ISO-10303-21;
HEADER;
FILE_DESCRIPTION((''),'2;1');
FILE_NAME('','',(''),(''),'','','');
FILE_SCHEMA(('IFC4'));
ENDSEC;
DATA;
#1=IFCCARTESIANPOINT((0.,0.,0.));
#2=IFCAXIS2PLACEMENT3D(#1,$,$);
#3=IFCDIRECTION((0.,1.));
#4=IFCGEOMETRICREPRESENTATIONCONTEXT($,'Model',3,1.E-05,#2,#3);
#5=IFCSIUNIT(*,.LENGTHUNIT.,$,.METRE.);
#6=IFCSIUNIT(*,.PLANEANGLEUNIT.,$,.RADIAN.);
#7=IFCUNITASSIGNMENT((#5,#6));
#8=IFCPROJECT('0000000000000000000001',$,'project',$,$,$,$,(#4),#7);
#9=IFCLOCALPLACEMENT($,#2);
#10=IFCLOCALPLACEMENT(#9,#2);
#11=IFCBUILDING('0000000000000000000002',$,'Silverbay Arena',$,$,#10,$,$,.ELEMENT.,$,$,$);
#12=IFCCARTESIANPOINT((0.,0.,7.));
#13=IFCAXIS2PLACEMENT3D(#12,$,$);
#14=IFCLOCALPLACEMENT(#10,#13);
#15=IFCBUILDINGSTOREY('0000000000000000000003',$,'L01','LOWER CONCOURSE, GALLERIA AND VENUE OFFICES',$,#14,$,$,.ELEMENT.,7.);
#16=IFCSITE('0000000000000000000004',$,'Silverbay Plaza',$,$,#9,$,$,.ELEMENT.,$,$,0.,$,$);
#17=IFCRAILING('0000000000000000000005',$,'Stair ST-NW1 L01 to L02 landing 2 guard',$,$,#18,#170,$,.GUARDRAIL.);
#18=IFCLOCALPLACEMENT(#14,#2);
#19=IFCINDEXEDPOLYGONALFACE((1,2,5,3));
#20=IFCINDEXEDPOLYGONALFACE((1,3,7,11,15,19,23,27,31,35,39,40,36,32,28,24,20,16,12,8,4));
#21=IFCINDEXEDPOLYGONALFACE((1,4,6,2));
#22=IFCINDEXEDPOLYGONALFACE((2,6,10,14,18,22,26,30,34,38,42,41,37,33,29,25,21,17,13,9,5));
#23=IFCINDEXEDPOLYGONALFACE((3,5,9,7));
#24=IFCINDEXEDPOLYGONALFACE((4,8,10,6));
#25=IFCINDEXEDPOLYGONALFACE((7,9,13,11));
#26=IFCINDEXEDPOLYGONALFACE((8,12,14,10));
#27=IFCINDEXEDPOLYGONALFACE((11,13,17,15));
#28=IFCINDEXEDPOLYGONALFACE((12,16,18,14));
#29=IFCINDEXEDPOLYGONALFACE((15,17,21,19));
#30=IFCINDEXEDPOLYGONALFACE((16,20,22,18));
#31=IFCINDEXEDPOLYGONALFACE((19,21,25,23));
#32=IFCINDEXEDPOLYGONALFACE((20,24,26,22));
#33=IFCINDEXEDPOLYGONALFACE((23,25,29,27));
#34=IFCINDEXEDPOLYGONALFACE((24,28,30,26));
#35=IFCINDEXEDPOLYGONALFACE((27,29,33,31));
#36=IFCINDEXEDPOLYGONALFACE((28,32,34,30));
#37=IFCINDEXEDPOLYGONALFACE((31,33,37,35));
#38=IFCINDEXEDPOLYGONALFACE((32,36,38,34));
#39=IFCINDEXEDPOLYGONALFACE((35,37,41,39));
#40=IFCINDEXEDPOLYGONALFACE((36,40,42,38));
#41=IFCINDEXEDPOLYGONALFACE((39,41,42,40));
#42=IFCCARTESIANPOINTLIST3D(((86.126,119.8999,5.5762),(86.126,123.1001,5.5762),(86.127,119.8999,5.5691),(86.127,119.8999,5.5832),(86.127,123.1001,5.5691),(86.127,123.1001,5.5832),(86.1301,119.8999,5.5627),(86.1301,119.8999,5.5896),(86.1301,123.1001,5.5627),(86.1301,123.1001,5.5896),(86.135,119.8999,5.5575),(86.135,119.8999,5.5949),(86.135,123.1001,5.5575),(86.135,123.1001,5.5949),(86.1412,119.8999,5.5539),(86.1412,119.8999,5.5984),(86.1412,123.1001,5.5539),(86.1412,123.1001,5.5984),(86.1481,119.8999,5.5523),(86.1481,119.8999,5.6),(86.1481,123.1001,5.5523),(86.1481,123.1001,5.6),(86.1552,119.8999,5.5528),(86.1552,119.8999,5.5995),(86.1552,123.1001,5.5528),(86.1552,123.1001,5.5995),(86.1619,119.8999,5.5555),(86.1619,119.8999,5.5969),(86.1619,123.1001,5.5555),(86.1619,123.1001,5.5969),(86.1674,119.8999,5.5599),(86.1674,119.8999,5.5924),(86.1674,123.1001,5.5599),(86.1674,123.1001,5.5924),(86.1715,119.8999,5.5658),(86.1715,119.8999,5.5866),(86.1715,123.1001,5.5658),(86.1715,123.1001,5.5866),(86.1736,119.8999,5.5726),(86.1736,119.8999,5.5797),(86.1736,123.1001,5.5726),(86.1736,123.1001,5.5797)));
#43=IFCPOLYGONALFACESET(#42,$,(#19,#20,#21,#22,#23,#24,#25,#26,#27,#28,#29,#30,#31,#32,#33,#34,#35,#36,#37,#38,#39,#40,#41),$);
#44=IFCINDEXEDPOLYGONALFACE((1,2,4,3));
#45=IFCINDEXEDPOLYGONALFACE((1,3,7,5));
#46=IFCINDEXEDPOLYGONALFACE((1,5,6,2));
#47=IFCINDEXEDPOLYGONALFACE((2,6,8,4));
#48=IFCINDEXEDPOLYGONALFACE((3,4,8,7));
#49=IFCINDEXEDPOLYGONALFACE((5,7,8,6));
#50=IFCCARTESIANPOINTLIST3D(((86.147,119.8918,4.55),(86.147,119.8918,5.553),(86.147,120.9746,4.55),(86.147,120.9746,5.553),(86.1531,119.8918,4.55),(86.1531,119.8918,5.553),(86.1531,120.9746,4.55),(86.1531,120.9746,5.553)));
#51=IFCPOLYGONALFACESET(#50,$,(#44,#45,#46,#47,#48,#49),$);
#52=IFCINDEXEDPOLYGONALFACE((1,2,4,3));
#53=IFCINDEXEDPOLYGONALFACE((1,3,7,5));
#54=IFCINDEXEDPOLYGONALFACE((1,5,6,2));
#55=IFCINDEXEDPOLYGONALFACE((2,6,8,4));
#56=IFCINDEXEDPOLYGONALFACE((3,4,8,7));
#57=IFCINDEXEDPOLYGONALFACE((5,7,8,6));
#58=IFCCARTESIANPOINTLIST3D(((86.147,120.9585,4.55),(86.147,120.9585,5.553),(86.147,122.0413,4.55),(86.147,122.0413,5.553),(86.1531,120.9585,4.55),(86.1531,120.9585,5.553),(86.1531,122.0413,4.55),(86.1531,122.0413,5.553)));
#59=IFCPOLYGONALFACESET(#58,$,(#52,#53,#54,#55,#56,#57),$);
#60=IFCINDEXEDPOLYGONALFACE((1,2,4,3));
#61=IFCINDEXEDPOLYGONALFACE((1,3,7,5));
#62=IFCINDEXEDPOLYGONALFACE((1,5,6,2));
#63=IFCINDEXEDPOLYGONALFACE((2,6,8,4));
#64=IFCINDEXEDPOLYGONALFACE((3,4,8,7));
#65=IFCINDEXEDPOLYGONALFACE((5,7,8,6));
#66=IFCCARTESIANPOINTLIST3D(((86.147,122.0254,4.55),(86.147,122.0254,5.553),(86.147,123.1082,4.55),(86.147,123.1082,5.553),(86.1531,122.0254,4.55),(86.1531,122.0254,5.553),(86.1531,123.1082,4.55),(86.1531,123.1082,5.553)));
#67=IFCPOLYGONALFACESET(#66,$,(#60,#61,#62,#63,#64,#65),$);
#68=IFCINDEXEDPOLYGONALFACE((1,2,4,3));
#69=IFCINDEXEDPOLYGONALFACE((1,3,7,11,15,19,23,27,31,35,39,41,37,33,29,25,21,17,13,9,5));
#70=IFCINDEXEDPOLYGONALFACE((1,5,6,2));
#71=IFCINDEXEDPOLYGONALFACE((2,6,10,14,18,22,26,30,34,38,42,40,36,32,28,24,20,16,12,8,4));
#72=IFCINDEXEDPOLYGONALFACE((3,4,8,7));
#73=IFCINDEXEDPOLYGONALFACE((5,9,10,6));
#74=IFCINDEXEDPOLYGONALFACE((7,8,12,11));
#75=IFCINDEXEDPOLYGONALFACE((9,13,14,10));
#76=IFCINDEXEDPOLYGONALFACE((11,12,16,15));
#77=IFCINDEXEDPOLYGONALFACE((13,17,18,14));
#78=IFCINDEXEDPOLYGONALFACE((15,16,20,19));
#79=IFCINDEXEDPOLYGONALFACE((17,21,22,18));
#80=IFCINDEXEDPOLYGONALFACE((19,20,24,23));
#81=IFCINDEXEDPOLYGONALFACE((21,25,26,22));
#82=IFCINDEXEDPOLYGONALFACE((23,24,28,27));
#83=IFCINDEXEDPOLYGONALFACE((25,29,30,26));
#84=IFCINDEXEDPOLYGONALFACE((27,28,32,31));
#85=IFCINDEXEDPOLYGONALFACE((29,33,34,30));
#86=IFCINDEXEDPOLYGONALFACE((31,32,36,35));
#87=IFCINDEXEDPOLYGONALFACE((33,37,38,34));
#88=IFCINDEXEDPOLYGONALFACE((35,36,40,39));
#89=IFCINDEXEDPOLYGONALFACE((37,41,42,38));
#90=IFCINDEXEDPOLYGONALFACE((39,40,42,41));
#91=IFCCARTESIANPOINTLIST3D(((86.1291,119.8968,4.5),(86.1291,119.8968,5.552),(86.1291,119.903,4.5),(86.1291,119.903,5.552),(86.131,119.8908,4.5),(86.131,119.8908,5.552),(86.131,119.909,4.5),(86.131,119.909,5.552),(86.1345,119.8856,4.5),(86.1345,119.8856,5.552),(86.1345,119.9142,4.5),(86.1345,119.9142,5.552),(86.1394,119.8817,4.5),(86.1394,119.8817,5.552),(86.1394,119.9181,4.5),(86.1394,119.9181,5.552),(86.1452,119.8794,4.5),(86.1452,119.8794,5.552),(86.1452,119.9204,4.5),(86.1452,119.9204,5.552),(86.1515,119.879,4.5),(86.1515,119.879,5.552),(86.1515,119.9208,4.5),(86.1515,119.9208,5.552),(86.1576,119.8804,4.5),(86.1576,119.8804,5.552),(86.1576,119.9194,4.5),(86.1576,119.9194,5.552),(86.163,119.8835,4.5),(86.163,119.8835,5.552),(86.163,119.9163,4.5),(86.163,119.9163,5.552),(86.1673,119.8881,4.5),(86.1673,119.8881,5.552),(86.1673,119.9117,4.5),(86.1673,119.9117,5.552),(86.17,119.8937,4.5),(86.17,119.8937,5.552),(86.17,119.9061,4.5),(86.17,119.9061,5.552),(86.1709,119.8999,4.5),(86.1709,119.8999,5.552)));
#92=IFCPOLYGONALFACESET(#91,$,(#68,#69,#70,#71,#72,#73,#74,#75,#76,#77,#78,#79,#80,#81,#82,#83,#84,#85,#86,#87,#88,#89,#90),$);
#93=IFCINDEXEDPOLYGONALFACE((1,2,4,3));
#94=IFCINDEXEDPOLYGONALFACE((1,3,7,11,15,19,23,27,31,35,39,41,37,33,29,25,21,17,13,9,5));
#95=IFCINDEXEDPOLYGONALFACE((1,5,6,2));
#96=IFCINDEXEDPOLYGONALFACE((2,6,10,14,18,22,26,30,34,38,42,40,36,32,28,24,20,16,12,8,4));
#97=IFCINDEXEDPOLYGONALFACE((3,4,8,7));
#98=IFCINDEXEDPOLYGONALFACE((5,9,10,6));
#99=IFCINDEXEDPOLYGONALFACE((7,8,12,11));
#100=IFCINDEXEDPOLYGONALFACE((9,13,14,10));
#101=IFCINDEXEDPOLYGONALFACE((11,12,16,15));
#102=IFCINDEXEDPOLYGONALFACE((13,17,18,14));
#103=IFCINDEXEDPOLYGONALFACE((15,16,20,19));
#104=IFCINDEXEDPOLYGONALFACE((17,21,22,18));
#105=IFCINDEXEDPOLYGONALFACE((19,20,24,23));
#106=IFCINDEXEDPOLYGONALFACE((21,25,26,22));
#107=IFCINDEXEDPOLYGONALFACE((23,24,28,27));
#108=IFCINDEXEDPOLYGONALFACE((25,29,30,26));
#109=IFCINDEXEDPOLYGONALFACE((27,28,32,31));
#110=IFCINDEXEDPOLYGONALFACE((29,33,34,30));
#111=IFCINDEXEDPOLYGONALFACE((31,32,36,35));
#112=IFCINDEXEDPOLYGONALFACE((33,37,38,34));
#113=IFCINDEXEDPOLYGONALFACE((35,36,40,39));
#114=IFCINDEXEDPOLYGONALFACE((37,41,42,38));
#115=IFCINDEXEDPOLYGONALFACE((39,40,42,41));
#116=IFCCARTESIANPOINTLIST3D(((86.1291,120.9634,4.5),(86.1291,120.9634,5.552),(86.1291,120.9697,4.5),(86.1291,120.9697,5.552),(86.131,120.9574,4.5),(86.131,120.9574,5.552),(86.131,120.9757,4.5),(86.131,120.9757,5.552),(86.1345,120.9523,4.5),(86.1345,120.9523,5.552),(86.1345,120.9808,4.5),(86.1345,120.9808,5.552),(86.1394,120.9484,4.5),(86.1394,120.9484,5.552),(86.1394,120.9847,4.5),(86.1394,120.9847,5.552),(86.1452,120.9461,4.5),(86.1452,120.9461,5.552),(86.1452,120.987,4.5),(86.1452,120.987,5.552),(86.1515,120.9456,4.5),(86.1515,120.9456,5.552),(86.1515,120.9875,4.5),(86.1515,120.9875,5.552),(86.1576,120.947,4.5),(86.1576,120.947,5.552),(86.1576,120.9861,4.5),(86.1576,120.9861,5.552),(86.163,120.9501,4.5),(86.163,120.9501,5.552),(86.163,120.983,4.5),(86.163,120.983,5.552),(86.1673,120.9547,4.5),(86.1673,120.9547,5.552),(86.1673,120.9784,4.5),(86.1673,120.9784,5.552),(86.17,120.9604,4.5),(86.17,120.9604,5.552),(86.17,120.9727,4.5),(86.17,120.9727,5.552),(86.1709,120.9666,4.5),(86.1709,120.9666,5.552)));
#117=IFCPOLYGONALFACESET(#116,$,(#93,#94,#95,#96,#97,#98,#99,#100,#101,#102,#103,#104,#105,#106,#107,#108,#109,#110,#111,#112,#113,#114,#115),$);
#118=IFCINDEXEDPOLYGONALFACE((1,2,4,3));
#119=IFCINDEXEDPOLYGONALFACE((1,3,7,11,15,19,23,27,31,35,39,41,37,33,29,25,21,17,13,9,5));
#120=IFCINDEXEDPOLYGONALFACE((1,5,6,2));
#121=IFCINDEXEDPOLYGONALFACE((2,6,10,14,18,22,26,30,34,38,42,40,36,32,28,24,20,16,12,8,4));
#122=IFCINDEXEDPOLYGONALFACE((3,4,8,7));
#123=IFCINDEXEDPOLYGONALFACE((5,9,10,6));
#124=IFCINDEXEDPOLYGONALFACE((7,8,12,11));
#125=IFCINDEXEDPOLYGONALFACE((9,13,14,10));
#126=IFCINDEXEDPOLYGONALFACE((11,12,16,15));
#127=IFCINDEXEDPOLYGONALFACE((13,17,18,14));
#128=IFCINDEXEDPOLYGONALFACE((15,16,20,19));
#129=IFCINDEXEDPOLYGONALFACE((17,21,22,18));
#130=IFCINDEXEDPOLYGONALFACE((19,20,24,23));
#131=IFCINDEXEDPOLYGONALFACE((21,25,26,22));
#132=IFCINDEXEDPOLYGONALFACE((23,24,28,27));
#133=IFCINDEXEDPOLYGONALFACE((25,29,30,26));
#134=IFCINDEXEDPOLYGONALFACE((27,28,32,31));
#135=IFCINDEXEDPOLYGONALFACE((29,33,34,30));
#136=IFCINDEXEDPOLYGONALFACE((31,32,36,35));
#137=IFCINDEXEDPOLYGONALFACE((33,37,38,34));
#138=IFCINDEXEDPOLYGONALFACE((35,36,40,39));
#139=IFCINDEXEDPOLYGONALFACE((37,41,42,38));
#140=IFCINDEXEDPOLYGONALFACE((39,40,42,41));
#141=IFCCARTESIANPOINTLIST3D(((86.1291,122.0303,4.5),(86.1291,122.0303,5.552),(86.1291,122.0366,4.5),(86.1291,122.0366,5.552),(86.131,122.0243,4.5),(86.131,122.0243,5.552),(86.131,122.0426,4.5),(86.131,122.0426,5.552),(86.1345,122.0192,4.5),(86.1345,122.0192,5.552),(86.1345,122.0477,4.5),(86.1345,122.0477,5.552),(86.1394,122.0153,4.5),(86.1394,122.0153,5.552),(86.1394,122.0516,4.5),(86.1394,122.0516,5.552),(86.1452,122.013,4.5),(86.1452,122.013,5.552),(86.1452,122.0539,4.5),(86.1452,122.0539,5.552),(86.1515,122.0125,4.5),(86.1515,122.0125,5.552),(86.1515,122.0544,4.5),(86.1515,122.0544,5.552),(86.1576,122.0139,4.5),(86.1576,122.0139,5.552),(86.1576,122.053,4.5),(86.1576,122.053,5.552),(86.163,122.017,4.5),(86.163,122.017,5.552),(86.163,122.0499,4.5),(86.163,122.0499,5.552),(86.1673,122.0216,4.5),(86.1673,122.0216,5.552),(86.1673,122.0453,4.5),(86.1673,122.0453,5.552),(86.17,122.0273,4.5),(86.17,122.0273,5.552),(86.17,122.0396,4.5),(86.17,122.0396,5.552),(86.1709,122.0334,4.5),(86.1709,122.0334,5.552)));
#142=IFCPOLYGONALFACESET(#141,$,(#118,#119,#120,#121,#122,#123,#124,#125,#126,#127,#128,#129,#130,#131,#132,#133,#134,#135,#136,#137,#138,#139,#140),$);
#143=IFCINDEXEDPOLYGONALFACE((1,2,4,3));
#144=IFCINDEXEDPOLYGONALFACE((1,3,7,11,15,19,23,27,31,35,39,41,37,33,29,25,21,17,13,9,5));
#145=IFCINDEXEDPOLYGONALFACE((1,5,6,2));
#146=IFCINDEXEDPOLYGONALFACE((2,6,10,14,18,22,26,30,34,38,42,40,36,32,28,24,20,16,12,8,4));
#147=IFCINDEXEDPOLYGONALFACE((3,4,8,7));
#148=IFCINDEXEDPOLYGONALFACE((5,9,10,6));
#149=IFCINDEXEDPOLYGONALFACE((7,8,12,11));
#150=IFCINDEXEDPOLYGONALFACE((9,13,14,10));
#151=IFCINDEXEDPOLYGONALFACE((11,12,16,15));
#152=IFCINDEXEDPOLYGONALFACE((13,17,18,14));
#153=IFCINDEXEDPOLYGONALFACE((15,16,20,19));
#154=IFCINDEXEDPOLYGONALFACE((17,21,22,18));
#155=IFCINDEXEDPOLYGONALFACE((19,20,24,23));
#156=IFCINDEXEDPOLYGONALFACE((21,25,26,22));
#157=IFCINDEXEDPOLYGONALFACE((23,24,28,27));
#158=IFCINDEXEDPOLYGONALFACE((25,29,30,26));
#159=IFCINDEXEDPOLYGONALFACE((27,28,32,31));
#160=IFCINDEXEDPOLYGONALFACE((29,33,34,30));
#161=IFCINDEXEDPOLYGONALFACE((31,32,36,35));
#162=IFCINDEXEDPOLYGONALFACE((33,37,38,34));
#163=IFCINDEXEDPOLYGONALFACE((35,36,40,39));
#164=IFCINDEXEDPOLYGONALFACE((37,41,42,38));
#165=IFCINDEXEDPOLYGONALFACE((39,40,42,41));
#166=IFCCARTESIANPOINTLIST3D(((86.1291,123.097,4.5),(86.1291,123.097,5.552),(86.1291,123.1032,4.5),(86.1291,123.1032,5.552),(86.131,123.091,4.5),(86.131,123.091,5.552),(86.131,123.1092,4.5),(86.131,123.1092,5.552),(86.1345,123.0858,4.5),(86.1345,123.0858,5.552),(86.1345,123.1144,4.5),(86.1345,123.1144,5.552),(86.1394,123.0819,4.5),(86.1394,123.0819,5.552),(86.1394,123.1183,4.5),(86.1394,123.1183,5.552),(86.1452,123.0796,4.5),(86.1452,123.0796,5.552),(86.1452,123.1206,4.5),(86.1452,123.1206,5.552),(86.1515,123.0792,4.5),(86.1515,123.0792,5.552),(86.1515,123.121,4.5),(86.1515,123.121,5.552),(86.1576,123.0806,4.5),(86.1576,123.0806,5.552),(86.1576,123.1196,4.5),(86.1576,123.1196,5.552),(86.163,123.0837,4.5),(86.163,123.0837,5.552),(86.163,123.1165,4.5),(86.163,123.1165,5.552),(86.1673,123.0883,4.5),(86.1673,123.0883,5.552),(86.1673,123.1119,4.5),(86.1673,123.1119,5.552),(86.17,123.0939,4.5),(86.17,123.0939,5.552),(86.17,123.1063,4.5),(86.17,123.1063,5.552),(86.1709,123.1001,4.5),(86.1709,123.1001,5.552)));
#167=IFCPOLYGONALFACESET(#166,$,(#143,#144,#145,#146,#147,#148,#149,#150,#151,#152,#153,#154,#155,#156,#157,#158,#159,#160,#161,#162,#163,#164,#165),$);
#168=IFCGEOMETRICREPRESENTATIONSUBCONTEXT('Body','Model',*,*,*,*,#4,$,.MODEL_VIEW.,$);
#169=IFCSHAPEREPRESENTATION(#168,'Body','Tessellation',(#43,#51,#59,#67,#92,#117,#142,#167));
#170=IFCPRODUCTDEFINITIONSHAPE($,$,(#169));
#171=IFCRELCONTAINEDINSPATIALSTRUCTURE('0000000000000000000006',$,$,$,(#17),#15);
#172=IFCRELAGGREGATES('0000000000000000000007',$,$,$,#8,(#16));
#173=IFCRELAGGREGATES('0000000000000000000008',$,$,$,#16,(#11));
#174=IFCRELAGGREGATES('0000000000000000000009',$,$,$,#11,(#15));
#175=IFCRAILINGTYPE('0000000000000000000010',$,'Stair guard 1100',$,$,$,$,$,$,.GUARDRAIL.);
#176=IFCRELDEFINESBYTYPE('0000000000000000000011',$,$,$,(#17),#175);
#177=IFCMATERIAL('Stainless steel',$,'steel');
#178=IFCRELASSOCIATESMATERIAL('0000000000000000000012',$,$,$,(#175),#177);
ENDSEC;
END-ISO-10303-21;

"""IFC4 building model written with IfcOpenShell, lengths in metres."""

from ifc_helpers import new_model, si_unit, direction, frame, origin, origin_2d, place, context, subcontext, project, spatial, polyline, circle, outline, extrude, material, type_object, element, save


model = new_model("IFC4")

# Units and contexts
model_context = context("Model", 3, precision=1e-05, world=origin(), true_north=direction((0.0, 1.0)))
body_context = subcontext(model_context, "Body", "Model", "MODEL_VIEW")
ifc_project = project(units=[si_unit("LENGTHUNIT", "METRE"), si_unit("PLANEANGLEUNIT", "RADIAN")], contexts=[model_context])

# Site, building, storey
site_placement = place(None, origin())
site = spatial("IfcSite", under=ifc_project, at=site_placement, Name="Silverbay Plaza", CompositionType="ELEMENT", RefElevation=0.0)
building_placement = place(site_placement, origin())
building = spatial("IfcBuilding", under=site, at=building_placement, Name="Silverbay Arena", CompositionType="ELEMENT")
storey_placement = place(building_placement, frame((0.0, 0.0, 7.0)))
storey = spatial("IfcBuildingStorey", under=building, at=storey_placement, Name="L01", Description="LOWER CONCOURSE, GALLERIA AND VENUE OFFICES", CompositionType="ELEMENT", Elevation=7.0)

# Railing
ifc_material_1 = material(Name="Stainless steel", Category="steel")
railing_type_1 = type_object("IfcRailingType", Name="Stair guard 1100", PredefinedType="GUARDRAIL", material=ifc_material_1)
for number, where, name in (
    (1, (86.1499, 119.8999, 4.5), "Stair ST-NW1 L01 to L02 landing 2 guard"),
):
    element("IfcRailing", number, at=place(storey_placement, frame(where)), inside=storey, type_object=railing_type_1, Name=name, PredefinedType="GUARDRAIL", context=body_context, shape_type="SweptSolid", body=[
        extrude(circle(Radius=0.0239, at=origin_2d()), frame((0.0, 0.0, 1.0762), z_axis=(0.0, 1.0, 0.0), x_axis=(-1.0, 0.0, 0.0)), (0.0, 0.0, 1.0), 3.2002),
        extrude(outline(polyline([(-0.0081, 0.05), (1.0747, 0.05), (1.0747, 1.053), (-0.0081, 1.053), (-0.0081, 0.05)])), frame((-0.0029, 0.0, 0.0), z_axis=(1.0, 0.0, 0.0), x_axis=(0.0, 1.0, 0.0)), (0.0, 0.0, 1.0), 0.0061),
        extrude(outline(polyline([(-0.0081, 0.05), (1.0747, 0.05), (1.0747, 1.053), (-0.0081, 1.053), (-0.0081, 0.05)])), frame((-0.0029, 1.0667, 0.0), z_axis=(1.0, 0.0, 0.0), x_axis=(0.0, 1.0, 0.0)), (0.0, 0.0, 1.0), 0.0061),
        extrude(outline(polyline([(-0.0081, 0.05), (1.0747, 0.05), (1.0747, 1.053), (-0.0081, 1.053), (-0.0081, 0.05)])), frame((-0.0029, 2.1335, 0.0), z_axis=(1.0, 0.0, 0.0), x_axis=(0.0, 1.0, 0.0)), (0.0, 0.0, 1.0), 0.0061),
        extrude(circle(Radius=0.021, at=origin_2d()), origin(), (0.0, 0.0, 1.0), 1.052),
        extrude(circle(Radius=0.021, at=origin_2d()), frame((0.0, 1.0667, 0.0)), (0.0, 0.0, 1.0), 1.052),
        extrude(circle(Radius=0.021, at=origin_2d()), frame((0.0, 2.1335, 0.0)), (0.0, 0.0, 1.0), 1.052),
        extrude(circle(Radius=0.021, at=origin_2d()), frame((0.0, 3.2002, 0.0)), (0.0, 0.0, 1.0), 1.052),
    ])

save(model, "model.ifc")
